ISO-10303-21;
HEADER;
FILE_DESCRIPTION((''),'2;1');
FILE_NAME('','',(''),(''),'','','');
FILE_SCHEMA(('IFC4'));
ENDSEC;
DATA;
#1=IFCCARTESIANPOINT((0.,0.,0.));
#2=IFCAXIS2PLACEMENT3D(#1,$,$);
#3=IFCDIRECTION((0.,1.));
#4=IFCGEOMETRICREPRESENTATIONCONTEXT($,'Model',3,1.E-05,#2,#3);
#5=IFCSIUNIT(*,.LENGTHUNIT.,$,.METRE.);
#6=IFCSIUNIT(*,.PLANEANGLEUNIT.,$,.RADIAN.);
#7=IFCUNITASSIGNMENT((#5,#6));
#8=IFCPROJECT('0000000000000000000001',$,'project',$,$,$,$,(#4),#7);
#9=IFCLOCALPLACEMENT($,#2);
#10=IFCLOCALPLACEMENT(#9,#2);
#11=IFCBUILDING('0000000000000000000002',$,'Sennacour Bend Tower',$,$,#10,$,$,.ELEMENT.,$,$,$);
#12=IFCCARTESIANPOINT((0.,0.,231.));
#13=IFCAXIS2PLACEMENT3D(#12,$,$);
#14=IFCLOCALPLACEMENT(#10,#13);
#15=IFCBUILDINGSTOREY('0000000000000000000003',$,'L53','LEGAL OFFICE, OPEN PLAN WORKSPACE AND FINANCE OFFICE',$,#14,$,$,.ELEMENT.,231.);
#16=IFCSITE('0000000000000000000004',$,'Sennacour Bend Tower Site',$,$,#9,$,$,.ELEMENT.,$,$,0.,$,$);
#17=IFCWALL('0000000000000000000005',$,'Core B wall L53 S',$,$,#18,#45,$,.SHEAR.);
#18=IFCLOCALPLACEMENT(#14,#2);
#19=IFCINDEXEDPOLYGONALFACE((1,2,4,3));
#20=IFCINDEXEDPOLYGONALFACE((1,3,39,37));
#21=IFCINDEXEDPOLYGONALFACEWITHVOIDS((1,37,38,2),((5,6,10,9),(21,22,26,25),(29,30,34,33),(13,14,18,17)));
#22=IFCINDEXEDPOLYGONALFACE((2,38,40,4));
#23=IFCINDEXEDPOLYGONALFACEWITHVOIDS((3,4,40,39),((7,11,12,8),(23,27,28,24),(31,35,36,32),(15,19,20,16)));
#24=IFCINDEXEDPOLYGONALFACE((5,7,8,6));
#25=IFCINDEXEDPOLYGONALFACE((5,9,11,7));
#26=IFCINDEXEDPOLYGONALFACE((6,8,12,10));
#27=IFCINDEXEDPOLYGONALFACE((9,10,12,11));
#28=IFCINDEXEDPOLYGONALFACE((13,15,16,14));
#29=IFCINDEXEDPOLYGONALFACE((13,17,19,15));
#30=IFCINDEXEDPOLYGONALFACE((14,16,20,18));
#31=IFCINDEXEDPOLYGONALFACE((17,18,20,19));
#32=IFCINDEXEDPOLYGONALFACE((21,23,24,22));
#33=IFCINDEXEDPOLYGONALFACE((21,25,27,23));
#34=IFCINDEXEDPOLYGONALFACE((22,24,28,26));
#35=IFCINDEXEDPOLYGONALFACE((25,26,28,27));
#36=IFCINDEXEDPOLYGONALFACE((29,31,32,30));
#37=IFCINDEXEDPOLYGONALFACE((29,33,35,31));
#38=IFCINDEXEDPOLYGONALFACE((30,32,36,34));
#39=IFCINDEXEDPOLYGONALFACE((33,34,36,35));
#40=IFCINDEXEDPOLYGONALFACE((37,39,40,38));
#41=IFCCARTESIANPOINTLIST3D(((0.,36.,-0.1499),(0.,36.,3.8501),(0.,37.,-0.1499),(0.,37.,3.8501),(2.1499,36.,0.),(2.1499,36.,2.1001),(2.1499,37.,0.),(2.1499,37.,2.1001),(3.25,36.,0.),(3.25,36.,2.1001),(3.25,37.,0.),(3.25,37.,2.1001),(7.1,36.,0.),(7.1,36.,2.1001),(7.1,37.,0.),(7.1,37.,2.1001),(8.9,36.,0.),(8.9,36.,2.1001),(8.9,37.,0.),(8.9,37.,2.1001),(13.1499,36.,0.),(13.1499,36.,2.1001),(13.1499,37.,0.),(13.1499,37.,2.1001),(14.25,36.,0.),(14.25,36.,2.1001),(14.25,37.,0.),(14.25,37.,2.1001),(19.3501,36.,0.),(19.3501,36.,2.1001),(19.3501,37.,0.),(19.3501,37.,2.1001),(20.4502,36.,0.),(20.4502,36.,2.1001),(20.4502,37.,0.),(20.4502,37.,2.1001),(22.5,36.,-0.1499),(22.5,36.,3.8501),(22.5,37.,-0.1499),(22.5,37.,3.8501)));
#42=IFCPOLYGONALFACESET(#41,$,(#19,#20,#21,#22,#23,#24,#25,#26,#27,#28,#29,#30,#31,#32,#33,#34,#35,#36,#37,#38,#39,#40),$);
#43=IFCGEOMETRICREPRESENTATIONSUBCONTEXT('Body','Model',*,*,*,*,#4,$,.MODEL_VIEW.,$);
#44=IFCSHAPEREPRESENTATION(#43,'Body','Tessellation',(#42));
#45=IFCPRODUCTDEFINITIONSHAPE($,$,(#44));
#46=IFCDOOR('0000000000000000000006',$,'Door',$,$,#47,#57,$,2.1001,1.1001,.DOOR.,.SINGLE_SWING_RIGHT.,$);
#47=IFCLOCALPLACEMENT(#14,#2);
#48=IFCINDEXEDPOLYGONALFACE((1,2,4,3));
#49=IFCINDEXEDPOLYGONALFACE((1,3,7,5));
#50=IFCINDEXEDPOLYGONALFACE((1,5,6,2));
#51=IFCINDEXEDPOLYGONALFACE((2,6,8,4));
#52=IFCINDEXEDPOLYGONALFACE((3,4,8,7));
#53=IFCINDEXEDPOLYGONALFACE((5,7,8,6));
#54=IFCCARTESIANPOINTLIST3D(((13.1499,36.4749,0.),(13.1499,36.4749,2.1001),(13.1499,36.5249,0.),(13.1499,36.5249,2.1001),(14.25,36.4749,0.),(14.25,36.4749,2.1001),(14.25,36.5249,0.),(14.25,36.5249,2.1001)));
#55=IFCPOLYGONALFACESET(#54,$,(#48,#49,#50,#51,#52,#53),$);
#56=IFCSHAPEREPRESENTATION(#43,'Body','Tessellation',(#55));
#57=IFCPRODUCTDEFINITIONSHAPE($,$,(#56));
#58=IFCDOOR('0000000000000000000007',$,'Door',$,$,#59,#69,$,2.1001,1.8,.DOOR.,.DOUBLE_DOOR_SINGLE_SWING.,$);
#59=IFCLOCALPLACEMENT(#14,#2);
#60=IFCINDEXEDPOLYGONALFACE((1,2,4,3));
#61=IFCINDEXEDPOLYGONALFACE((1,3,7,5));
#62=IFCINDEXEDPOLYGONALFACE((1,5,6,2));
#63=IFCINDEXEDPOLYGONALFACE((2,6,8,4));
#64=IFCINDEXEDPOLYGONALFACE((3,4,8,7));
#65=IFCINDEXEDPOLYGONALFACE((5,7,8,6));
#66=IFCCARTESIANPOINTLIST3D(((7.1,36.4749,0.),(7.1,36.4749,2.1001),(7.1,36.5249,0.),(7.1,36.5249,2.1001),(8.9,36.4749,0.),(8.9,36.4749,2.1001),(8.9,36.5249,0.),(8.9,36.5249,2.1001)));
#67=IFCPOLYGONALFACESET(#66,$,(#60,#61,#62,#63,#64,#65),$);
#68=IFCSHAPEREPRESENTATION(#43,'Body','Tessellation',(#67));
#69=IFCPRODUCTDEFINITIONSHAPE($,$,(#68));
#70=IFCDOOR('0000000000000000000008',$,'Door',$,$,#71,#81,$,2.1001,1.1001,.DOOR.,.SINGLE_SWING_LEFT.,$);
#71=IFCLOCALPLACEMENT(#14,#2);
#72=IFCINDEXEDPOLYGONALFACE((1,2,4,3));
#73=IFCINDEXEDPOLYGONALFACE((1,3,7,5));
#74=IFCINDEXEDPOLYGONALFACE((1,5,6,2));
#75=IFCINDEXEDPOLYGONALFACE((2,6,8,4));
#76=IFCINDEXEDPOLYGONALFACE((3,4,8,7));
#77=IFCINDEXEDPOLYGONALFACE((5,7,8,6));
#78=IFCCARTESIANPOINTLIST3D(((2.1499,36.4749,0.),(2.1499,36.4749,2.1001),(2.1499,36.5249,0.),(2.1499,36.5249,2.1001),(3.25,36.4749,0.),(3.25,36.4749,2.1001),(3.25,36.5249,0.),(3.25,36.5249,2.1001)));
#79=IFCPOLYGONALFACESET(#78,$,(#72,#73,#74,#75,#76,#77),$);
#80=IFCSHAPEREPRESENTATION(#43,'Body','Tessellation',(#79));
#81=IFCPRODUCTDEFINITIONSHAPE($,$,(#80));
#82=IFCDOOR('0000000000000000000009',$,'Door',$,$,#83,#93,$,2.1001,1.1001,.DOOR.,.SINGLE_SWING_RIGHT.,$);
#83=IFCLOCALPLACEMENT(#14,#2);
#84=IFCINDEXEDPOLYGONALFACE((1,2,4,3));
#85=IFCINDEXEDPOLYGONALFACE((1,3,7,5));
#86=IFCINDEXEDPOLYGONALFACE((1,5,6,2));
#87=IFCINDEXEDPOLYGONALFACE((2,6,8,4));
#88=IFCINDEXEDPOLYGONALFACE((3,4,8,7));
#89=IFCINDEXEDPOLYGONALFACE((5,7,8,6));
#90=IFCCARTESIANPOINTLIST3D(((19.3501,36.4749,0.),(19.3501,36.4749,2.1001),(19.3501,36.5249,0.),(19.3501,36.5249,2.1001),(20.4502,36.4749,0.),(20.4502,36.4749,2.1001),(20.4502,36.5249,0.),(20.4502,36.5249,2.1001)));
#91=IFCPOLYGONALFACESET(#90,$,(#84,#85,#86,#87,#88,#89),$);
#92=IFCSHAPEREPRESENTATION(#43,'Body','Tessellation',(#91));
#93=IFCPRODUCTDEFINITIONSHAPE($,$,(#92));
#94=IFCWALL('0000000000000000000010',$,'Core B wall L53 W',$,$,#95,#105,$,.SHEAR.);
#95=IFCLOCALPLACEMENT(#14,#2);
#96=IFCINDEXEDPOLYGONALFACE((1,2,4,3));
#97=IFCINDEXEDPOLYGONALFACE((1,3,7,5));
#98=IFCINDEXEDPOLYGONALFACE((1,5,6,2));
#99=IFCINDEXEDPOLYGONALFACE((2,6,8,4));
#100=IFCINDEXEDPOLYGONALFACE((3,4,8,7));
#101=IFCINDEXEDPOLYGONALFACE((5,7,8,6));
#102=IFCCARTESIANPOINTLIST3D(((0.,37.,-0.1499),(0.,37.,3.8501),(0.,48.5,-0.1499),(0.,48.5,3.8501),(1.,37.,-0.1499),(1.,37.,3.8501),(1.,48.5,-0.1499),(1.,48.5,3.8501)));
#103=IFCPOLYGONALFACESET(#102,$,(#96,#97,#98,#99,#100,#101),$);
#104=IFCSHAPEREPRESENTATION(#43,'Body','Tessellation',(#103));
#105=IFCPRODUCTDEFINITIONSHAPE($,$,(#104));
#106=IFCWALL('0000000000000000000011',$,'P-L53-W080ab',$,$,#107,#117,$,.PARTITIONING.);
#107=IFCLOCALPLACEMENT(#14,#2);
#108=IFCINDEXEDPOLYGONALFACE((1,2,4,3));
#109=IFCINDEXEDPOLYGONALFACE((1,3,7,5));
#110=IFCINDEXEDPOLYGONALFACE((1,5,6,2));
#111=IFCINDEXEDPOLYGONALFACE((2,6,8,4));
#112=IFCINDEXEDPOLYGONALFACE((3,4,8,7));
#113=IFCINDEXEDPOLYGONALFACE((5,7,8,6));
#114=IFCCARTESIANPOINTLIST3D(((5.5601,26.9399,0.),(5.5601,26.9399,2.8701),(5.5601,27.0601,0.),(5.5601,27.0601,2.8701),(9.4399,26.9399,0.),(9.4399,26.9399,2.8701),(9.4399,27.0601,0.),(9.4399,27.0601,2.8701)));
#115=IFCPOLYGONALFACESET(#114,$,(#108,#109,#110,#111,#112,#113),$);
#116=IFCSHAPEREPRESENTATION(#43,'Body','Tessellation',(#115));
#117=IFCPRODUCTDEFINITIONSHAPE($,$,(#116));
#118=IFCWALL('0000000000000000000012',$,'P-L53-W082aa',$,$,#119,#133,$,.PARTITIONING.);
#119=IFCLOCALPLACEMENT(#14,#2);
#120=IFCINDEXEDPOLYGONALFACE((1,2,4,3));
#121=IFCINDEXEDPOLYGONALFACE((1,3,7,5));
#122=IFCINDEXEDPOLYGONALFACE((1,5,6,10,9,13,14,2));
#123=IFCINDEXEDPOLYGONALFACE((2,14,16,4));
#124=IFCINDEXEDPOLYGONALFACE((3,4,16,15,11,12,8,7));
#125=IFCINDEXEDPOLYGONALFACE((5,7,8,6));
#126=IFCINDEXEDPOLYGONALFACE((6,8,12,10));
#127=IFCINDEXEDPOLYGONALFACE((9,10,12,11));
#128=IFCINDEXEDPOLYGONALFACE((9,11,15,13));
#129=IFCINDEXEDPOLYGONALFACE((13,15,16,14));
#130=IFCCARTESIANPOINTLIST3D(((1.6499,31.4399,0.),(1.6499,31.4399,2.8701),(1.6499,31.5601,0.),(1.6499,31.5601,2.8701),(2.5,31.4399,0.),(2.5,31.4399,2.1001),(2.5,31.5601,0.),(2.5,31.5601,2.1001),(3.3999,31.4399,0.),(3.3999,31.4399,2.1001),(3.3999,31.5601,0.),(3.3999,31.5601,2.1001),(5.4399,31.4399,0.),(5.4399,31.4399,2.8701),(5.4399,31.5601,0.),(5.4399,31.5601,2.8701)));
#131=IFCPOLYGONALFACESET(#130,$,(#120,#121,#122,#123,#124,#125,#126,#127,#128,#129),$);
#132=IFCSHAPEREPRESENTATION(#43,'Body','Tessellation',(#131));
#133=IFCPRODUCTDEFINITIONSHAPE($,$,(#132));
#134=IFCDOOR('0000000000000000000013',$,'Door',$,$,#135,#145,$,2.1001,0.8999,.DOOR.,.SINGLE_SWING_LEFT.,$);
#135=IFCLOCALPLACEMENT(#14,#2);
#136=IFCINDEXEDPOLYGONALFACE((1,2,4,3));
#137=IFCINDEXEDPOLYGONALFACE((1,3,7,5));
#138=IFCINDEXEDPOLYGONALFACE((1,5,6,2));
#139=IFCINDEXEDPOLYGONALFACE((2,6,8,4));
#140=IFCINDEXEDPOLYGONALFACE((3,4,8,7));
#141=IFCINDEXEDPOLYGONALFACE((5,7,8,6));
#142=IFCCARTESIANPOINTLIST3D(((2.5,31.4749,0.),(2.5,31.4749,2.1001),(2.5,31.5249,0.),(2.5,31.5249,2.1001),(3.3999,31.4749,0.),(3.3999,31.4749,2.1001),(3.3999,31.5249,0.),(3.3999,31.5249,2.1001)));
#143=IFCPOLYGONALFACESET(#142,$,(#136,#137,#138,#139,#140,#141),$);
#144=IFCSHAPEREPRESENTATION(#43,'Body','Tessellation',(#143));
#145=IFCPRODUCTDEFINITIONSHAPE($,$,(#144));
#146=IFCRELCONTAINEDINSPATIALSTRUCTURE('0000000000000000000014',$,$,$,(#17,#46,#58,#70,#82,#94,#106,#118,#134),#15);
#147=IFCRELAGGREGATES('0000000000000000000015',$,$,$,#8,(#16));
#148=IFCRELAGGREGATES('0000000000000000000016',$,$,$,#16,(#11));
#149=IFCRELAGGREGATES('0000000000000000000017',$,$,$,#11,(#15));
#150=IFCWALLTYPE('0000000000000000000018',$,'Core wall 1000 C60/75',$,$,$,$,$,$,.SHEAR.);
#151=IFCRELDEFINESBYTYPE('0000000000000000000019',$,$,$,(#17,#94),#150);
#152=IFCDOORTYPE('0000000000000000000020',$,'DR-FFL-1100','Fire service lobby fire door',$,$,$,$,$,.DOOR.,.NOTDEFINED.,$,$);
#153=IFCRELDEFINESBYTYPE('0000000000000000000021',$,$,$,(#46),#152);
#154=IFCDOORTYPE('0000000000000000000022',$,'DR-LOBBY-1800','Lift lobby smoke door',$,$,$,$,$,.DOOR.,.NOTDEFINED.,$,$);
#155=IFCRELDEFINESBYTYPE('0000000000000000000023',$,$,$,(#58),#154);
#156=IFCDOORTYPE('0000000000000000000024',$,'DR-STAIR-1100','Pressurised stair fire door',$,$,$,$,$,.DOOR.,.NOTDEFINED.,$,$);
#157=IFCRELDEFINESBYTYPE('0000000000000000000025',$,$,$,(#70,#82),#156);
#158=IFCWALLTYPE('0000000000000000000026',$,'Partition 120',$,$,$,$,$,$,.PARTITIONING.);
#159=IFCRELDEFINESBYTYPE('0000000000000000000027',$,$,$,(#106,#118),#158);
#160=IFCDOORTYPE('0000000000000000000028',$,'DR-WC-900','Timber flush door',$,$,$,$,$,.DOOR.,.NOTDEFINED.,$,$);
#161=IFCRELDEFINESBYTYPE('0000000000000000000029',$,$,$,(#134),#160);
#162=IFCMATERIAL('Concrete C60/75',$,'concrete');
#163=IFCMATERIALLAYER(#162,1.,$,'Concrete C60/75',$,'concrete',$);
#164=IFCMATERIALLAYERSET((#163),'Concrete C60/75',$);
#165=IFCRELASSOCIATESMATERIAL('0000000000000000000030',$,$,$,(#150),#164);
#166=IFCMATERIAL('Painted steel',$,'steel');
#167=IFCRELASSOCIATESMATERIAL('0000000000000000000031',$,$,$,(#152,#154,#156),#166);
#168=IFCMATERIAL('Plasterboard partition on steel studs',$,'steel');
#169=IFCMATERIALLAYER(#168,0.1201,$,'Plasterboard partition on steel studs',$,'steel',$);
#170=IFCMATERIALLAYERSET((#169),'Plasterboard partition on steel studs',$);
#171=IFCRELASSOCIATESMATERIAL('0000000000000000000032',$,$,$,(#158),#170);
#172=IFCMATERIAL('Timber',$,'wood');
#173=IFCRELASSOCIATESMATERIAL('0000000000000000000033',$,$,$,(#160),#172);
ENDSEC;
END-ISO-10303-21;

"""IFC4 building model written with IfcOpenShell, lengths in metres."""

from ifc_helpers import new_model, si_unit, direction, frame, frame_2d, origin, place, context, subcontext, project, spatial, rectangle, extrude, material, layer, layer_set, type_object, element, fill, save


model = new_model("IFC4")

# Units and contexts
model_context = context("Model", 3, precision=1e-05, world=origin(), true_north=direction((0.0, 1.0)))
body_context = subcontext(model_context, "Body", "Model", "MODEL_VIEW")
ifc_project = project(units=[si_unit("LENGTHUNIT", "METRE"), si_unit("PLANEANGLEUNIT", "RADIAN")], contexts=[model_context])

# Site, building, storey
site_placement = place(None, origin())
site = spatial("IfcSite", under=ifc_project, at=site_placement, Name="Sennacour Bend Tower Site", CompositionType="ELEMENT", RefElevation=0.0)
building_placement = place(site_placement, origin())
building = spatial("IfcBuilding", under=site, at=building_placement, Name="Sennacour Bend Tower", CompositionType="ELEMENT")
storey_placement = place(building_placement, frame((0.0, 0.0, 231.0)))
storey = spatial("IfcBuildingStorey", under=building, at=storey_placement, Name="L53", Description="LEGAL OFFICE, OPEN PLAN WORKSPACE AND FINANCE OFFICE", CompositionType="ELEMENT", Elevation=231.0)

# Wall, openings, doors
ifc_material_1 = material(Name="Concrete C60/75", Category="concrete")
ifc_layer_1 = layer(ifc_material_1, 1.0, Name="Concrete C60/75", Category="concrete")
ifc_layer_set_1 = layer_set([ifc_layer_1], Name="Concrete C60/75")
wall_type_1 = type_object("IfcWallType", Name="Core wall 1000 C60/75", PredefinedType="SHEAR", material=ifc_layer_set_1)
wall_1_placement = place(storey_placement, frame((0.0, 36.5, -0.1499), z_axis=(0.0, 0.0, 1.0), x_axis=(1.0, 0.0, 0.0)))
wall_1 = element("IfcWall", 1, at=wall_1_placement, inside=storey, type_object=wall_type_1, Name="Core B wall L53 S", PredefinedType="SHEAR", context=body_context, shape_type="SweptSolid", body=[
    extrude(rectangle(XDim=22.5, YDim=1.0, at=frame_2d((11.25, 0.0))), origin(), (0.0, 0.0, 1.0), 4.0),
])
opening_1_placement = place(wall_1_placement, frame((7.1001, 0.0, 0.1499)))
opening_1 = element("IfcOpeningElement", 2, at=opening_1_placement, cuts=wall_1, PredefinedType="OPENING", context=body_context, shape_type="SweptSolid", body=[
    extrude(rectangle(XDim=1.8, YDim=2.1001, at=frame_2d((0.8999, 1.05))), frame((0.0, 0.51, 0.0), z_axis=(0.0, -1.0, 0.0), x_axis=(1.0, 0.0, 0.0)), (0.0, 0.0, 1.0), 1.02),
])
opening_2_placement = place(wall_1_placement, frame((13.1499, 0.0, 0.1499)))
opening_2 = element("IfcOpeningElement", 3, at=opening_2_placement, cuts=wall_1, PredefinedType="OPENING", context=body_context, shape_type="SweptSolid", body=[
    extrude(rectangle(XDim=1.1001, YDim=2.1001, at=frame_2d((0.55, 1.05))), frame((0.0, 0.51, 0.0), z_axis=(0.0, -1.0, 0.0), x_axis=(1.0, 0.0, 0.0)), (0.0, 0.0, 1.0), 1.02),
])
opening_3_placement = place(wall_1_placement, frame((2.1499, 0.0, 0.1499)))
opening_3 = element("IfcOpeningElement", 4, at=opening_3_placement, cuts=wall_1, PredefinedType="OPENING", context=body_context, shape_type="SweptSolid", body=[
    extrude(rectangle(XDim=1.1001, YDim=2.1001, at=frame_2d((0.55, 1.05))), frame((0.0, 0.51, 0.0), z_axis=(0.0, -1.0, 0.0), x_axis=(1.0, 0.0, 0.0)), (0.0, 0.0, 1.0), 1.02),
])
opening_4_placement = place(wall_1_placement, frame((19.3501, 0.0, 0.1499)))
opening_4 = element("IfcOpeningElement", 5, at=opening_4_placement, cuts=wall_1, PredefinedType="OPENING", context=body_context, shape_type="SweptSolid", body=[
    extrude(rectangle(XDim=1.1001, YDim=2.1001, at=frame_2d((0.55, 1.05))), frame((0.0, 0.51, 0.0), z_axis=(0.0, -1.0, 0.0), x_axis=(1.0, 0.0, 0.0)), (0.0, 0.0, 1.0), 1.02),
])
ifc_material_2 = material(Name="Painted steel", Category="steel")
door_type_1 = type_object("IfcDoorType", Name="DR-FFL-1100", Description="Fire service lobby fire door", OperationType="NOTDEFINED", PredefinedType="DOOR", material=ifc_material_2)
door_1_placement = place(opening_2_placement, origin())
door_1 = element("IfcDoor", 6, at=door_1_placement, inside=storey, type_object=door_type_1, Name="Door", OperationType="SINGLE_SWING_RIGHT", OverallHeight=2.1001, OverallWidth=1.1001, PredefinedType="DOOR", context=body_context, shape_type="SweptSolid", body=[
    extrude(rectangle(XDim=1.1001, YDim=2.1001, at=frame_2d((0.55, 1.05))), frame((0.0, 0.0249, 0.0), z_axis=(0.0, -1.0, 0.0), x_axis=(1.0, 0.0, 0.0)), (0.0, 0.0, 1.0), 0.05),
])
fill(opening_2, door_1)
door_type_2 = type_object("IfcDoorType", Name="DR-LOBBY-1800", Description="Lift lobby smoke door", OperationType="NOTDEFINED", PredefinedType="DOOR", material=ifc_material_2)
door_2_placement = place(opening_1_placement, origin())
door_2 = element("IfcDoor", 7, at=door_2_placement, inside=storey, type_object=door_type_2, Name="Door", OperationType="DOUBLE_DOOR_SINGLE_SWING", OverallHeight=2.1001, OverallWidth=1.8, PredefinedType="DOOR", context=body_context, shape_type="SweptSolid", body=[
    extrude(rectangle(XDim=1.8, YDim=2.1001, at=frame_2d((0.8999, 1.05))), frame((0.0, 0.0249, 0.0), z_axis=(0.0, -1.0, 0.0), x_axis=(1.0, 0.0, 0.0)), (0.0, 0.0, 1.0), 0.05),
])
fill(opening_1, door_2)
door_type_3 = type_object("IfcDoorType", Name="DR-STAIR-1100", Description="Pressurised stair fire door", OperationType="NOTDEFINED", PredefinedType="DOOR", material=ifc_material_2)
door_3_placement = place(opening_3_placement, origin())
door_3 = element("IfcDoor", 8, at=door_3_placement, inside=storey, type_object=door_type_3, Name="Door", OperationType="SINGLE_SWING_LEFT", OverallHeight=2.1001, OverallWidth=1.1001, PredefinedType="DOOR", context=body_context, shape_type="SweptSolid", body=[
    extrude(rectangle(XDim=1.1001, YDim=2.1001, at=frame_2d((0.55, 1.05))), frame((0.0, 0.0249, 0.0), z_axis=(0.0, -1.0, 0.0), x_axis=(1.0, 0.0, 0.0)), (0.0, 0.0, 1.0), 0.05),
])
fill(opening_3, door_3)
door_4_placement = place(opening_4_placement, origin())
door_4 = element("IfcDoor", 9, at=door_4_placement, inside=storey, type_object=door_type_3, Name="Door", OperationType="SINGLE_SWING_RIGHT", OverallHeight=2.1001, OverallWidth=1.1001, PredefinedType="DOOR", context=body_context, shape_type="SweptSolid", body=[
    extrude(rectangle(XDim=1.1001, YDim=2.1001, at=frame_2d((0.55, 1.05))), frame((0.0, 0.0249, 0.0), z_axis=(0.0, -1.0, 0.0), x_axis=(1.0, 0.0, 0.0)), (0.0, 0.0, 1.0), 0.05),
])
fill(opening_4, door_4)

# Walls
wall_2_placement = place(storey_placement, frame((0.5, 37.0, -0.1499), z_axis=(0.0, 0.0, 1.0), x_axis=(0.0, 1.0, 0.0)))
element("IfcWall", 10, at=wall_2_placement, inside=storey, type_object=wall_type_1, Name="Core B wall L53 W", PredefinedType="SHEAR", context=body_context, shape_type="SweptSolid", body=[
    extrude(rectangle(XDim=11.5, YDim=1.0, at=frame_2d((5.75, 0.0))), origin(), (0.0, 0.0, 1.0), 4.0),
])
ifc_material_3 = material(Name="Plasterboard partition on steel studs", Category="steel")
ifc_layer_2 = layer(ifc_material_3, 0.1201, Name="Plasterboard partition on steel studs", Category="steel")
ifc_layer_set_2 = layer_set([ifc_layer_2], Name="Plasterboard partition on steel studs")
wall_type_2 = type_object("IfcWallType", Name="Partition 120", PredefinedType="PARTITIONING", material=ifc_layer_set_2)
wall_3_placement = place(storey_placement, frame((5.5601, 27.0, 0.0), z_axis=(0.0, 0.0, 1.0), x_axis=(1.0, 0.0, 0.0)))
element("IfcWall", 11, at=wall_3_placement, inside=storey, type_object=wall_type_2, Name="P-L53-W080ab", PredefinedType="PARTITIONING", context=body_context, shape_type="SweptSolid", body=[
    extrude(rectangle(XDim=3.8799, YDim=0.1201, at=frame_2d((1.9399, 0.0))), origin(), (0.0, 0.0, 1.0), 2.8701),
])

# Wall, opening, door
wall_4_placement = place(storey_placement, frame((1.6499, 31.5, 0.0), z_axis=(0.0, 0.0, 1.0), x_axis=(1.0, 0.0, 0.0)))
wall_4 = element("IfcWall", 12, at=wall_4_placement, inside=storey, type_object=wall_type_2, Name="P-L53-W082aa", PredefinedType="PARTITIONING", context=body_context, shape_type="SweptSolid", body=[
    extrude(rectangle(XDim=3.79, YDim=0.1201, at=frame_2d((1.895, 0.0))), origin(), (0.0, 0.0, 1.0), 2.8701),
])
opening_5_placement = place(wall_4_placement, frame((0.8501, 0.0, 0.0)))
opening_5 = element("IfcOpeningElement", 13, at=opening_5_placement, cuts=wall_4, PredefinedType="OPENING", context=body_context, shape_type="SweptSolid", body=[
    extrude(rectangle(XDim=0.8999, YDim=2.1001, at=frame_2d((0.45, 1.05))), frame((0.0, 0.0701, 0.0), z_axis=(0.0, -1.0, 0.0), x_axis=(1.0, 0.0, 0.0)), (0.0, 0.0, 1.0), 0.1401),
])
ifc_material_4 = material(Name="Timber", Category="wood")
door_type_4 = type_object("IfcDoorType", Name="DR-WC-900", Description="Timber flush door", OperationType="NOTDEFINED", PredefinedType="DOOR", material=ifc_material_4)
door_5_placement = place(opening_5_placement, origin())
door_5 = element("IfcDoor", 14, at=door_5_placement, inside=storey, type_object=door_type_4, Name="Door", OperationType="SINGLE_SWING_LEFT", OverallHeight=2.1001, OverallWidth=0.8999, PredefinedType="DOOR", context=body_context, shape_type="SweptSolid", body=[
    extrude(rectangle(XDim=0.8999, YDim=2.1001, at=frame_2d((0.45, 1.05))), frame((0.0, 0.0249, 0.0), z_axis=(0.0, -1.0, 0.0), x_axis=(1.0, 0.0, 0.0)), (0.0, 0.0, 1.0), 0.05),
])
fill(opening_5, door_5)

save(model, "model.ifc")
